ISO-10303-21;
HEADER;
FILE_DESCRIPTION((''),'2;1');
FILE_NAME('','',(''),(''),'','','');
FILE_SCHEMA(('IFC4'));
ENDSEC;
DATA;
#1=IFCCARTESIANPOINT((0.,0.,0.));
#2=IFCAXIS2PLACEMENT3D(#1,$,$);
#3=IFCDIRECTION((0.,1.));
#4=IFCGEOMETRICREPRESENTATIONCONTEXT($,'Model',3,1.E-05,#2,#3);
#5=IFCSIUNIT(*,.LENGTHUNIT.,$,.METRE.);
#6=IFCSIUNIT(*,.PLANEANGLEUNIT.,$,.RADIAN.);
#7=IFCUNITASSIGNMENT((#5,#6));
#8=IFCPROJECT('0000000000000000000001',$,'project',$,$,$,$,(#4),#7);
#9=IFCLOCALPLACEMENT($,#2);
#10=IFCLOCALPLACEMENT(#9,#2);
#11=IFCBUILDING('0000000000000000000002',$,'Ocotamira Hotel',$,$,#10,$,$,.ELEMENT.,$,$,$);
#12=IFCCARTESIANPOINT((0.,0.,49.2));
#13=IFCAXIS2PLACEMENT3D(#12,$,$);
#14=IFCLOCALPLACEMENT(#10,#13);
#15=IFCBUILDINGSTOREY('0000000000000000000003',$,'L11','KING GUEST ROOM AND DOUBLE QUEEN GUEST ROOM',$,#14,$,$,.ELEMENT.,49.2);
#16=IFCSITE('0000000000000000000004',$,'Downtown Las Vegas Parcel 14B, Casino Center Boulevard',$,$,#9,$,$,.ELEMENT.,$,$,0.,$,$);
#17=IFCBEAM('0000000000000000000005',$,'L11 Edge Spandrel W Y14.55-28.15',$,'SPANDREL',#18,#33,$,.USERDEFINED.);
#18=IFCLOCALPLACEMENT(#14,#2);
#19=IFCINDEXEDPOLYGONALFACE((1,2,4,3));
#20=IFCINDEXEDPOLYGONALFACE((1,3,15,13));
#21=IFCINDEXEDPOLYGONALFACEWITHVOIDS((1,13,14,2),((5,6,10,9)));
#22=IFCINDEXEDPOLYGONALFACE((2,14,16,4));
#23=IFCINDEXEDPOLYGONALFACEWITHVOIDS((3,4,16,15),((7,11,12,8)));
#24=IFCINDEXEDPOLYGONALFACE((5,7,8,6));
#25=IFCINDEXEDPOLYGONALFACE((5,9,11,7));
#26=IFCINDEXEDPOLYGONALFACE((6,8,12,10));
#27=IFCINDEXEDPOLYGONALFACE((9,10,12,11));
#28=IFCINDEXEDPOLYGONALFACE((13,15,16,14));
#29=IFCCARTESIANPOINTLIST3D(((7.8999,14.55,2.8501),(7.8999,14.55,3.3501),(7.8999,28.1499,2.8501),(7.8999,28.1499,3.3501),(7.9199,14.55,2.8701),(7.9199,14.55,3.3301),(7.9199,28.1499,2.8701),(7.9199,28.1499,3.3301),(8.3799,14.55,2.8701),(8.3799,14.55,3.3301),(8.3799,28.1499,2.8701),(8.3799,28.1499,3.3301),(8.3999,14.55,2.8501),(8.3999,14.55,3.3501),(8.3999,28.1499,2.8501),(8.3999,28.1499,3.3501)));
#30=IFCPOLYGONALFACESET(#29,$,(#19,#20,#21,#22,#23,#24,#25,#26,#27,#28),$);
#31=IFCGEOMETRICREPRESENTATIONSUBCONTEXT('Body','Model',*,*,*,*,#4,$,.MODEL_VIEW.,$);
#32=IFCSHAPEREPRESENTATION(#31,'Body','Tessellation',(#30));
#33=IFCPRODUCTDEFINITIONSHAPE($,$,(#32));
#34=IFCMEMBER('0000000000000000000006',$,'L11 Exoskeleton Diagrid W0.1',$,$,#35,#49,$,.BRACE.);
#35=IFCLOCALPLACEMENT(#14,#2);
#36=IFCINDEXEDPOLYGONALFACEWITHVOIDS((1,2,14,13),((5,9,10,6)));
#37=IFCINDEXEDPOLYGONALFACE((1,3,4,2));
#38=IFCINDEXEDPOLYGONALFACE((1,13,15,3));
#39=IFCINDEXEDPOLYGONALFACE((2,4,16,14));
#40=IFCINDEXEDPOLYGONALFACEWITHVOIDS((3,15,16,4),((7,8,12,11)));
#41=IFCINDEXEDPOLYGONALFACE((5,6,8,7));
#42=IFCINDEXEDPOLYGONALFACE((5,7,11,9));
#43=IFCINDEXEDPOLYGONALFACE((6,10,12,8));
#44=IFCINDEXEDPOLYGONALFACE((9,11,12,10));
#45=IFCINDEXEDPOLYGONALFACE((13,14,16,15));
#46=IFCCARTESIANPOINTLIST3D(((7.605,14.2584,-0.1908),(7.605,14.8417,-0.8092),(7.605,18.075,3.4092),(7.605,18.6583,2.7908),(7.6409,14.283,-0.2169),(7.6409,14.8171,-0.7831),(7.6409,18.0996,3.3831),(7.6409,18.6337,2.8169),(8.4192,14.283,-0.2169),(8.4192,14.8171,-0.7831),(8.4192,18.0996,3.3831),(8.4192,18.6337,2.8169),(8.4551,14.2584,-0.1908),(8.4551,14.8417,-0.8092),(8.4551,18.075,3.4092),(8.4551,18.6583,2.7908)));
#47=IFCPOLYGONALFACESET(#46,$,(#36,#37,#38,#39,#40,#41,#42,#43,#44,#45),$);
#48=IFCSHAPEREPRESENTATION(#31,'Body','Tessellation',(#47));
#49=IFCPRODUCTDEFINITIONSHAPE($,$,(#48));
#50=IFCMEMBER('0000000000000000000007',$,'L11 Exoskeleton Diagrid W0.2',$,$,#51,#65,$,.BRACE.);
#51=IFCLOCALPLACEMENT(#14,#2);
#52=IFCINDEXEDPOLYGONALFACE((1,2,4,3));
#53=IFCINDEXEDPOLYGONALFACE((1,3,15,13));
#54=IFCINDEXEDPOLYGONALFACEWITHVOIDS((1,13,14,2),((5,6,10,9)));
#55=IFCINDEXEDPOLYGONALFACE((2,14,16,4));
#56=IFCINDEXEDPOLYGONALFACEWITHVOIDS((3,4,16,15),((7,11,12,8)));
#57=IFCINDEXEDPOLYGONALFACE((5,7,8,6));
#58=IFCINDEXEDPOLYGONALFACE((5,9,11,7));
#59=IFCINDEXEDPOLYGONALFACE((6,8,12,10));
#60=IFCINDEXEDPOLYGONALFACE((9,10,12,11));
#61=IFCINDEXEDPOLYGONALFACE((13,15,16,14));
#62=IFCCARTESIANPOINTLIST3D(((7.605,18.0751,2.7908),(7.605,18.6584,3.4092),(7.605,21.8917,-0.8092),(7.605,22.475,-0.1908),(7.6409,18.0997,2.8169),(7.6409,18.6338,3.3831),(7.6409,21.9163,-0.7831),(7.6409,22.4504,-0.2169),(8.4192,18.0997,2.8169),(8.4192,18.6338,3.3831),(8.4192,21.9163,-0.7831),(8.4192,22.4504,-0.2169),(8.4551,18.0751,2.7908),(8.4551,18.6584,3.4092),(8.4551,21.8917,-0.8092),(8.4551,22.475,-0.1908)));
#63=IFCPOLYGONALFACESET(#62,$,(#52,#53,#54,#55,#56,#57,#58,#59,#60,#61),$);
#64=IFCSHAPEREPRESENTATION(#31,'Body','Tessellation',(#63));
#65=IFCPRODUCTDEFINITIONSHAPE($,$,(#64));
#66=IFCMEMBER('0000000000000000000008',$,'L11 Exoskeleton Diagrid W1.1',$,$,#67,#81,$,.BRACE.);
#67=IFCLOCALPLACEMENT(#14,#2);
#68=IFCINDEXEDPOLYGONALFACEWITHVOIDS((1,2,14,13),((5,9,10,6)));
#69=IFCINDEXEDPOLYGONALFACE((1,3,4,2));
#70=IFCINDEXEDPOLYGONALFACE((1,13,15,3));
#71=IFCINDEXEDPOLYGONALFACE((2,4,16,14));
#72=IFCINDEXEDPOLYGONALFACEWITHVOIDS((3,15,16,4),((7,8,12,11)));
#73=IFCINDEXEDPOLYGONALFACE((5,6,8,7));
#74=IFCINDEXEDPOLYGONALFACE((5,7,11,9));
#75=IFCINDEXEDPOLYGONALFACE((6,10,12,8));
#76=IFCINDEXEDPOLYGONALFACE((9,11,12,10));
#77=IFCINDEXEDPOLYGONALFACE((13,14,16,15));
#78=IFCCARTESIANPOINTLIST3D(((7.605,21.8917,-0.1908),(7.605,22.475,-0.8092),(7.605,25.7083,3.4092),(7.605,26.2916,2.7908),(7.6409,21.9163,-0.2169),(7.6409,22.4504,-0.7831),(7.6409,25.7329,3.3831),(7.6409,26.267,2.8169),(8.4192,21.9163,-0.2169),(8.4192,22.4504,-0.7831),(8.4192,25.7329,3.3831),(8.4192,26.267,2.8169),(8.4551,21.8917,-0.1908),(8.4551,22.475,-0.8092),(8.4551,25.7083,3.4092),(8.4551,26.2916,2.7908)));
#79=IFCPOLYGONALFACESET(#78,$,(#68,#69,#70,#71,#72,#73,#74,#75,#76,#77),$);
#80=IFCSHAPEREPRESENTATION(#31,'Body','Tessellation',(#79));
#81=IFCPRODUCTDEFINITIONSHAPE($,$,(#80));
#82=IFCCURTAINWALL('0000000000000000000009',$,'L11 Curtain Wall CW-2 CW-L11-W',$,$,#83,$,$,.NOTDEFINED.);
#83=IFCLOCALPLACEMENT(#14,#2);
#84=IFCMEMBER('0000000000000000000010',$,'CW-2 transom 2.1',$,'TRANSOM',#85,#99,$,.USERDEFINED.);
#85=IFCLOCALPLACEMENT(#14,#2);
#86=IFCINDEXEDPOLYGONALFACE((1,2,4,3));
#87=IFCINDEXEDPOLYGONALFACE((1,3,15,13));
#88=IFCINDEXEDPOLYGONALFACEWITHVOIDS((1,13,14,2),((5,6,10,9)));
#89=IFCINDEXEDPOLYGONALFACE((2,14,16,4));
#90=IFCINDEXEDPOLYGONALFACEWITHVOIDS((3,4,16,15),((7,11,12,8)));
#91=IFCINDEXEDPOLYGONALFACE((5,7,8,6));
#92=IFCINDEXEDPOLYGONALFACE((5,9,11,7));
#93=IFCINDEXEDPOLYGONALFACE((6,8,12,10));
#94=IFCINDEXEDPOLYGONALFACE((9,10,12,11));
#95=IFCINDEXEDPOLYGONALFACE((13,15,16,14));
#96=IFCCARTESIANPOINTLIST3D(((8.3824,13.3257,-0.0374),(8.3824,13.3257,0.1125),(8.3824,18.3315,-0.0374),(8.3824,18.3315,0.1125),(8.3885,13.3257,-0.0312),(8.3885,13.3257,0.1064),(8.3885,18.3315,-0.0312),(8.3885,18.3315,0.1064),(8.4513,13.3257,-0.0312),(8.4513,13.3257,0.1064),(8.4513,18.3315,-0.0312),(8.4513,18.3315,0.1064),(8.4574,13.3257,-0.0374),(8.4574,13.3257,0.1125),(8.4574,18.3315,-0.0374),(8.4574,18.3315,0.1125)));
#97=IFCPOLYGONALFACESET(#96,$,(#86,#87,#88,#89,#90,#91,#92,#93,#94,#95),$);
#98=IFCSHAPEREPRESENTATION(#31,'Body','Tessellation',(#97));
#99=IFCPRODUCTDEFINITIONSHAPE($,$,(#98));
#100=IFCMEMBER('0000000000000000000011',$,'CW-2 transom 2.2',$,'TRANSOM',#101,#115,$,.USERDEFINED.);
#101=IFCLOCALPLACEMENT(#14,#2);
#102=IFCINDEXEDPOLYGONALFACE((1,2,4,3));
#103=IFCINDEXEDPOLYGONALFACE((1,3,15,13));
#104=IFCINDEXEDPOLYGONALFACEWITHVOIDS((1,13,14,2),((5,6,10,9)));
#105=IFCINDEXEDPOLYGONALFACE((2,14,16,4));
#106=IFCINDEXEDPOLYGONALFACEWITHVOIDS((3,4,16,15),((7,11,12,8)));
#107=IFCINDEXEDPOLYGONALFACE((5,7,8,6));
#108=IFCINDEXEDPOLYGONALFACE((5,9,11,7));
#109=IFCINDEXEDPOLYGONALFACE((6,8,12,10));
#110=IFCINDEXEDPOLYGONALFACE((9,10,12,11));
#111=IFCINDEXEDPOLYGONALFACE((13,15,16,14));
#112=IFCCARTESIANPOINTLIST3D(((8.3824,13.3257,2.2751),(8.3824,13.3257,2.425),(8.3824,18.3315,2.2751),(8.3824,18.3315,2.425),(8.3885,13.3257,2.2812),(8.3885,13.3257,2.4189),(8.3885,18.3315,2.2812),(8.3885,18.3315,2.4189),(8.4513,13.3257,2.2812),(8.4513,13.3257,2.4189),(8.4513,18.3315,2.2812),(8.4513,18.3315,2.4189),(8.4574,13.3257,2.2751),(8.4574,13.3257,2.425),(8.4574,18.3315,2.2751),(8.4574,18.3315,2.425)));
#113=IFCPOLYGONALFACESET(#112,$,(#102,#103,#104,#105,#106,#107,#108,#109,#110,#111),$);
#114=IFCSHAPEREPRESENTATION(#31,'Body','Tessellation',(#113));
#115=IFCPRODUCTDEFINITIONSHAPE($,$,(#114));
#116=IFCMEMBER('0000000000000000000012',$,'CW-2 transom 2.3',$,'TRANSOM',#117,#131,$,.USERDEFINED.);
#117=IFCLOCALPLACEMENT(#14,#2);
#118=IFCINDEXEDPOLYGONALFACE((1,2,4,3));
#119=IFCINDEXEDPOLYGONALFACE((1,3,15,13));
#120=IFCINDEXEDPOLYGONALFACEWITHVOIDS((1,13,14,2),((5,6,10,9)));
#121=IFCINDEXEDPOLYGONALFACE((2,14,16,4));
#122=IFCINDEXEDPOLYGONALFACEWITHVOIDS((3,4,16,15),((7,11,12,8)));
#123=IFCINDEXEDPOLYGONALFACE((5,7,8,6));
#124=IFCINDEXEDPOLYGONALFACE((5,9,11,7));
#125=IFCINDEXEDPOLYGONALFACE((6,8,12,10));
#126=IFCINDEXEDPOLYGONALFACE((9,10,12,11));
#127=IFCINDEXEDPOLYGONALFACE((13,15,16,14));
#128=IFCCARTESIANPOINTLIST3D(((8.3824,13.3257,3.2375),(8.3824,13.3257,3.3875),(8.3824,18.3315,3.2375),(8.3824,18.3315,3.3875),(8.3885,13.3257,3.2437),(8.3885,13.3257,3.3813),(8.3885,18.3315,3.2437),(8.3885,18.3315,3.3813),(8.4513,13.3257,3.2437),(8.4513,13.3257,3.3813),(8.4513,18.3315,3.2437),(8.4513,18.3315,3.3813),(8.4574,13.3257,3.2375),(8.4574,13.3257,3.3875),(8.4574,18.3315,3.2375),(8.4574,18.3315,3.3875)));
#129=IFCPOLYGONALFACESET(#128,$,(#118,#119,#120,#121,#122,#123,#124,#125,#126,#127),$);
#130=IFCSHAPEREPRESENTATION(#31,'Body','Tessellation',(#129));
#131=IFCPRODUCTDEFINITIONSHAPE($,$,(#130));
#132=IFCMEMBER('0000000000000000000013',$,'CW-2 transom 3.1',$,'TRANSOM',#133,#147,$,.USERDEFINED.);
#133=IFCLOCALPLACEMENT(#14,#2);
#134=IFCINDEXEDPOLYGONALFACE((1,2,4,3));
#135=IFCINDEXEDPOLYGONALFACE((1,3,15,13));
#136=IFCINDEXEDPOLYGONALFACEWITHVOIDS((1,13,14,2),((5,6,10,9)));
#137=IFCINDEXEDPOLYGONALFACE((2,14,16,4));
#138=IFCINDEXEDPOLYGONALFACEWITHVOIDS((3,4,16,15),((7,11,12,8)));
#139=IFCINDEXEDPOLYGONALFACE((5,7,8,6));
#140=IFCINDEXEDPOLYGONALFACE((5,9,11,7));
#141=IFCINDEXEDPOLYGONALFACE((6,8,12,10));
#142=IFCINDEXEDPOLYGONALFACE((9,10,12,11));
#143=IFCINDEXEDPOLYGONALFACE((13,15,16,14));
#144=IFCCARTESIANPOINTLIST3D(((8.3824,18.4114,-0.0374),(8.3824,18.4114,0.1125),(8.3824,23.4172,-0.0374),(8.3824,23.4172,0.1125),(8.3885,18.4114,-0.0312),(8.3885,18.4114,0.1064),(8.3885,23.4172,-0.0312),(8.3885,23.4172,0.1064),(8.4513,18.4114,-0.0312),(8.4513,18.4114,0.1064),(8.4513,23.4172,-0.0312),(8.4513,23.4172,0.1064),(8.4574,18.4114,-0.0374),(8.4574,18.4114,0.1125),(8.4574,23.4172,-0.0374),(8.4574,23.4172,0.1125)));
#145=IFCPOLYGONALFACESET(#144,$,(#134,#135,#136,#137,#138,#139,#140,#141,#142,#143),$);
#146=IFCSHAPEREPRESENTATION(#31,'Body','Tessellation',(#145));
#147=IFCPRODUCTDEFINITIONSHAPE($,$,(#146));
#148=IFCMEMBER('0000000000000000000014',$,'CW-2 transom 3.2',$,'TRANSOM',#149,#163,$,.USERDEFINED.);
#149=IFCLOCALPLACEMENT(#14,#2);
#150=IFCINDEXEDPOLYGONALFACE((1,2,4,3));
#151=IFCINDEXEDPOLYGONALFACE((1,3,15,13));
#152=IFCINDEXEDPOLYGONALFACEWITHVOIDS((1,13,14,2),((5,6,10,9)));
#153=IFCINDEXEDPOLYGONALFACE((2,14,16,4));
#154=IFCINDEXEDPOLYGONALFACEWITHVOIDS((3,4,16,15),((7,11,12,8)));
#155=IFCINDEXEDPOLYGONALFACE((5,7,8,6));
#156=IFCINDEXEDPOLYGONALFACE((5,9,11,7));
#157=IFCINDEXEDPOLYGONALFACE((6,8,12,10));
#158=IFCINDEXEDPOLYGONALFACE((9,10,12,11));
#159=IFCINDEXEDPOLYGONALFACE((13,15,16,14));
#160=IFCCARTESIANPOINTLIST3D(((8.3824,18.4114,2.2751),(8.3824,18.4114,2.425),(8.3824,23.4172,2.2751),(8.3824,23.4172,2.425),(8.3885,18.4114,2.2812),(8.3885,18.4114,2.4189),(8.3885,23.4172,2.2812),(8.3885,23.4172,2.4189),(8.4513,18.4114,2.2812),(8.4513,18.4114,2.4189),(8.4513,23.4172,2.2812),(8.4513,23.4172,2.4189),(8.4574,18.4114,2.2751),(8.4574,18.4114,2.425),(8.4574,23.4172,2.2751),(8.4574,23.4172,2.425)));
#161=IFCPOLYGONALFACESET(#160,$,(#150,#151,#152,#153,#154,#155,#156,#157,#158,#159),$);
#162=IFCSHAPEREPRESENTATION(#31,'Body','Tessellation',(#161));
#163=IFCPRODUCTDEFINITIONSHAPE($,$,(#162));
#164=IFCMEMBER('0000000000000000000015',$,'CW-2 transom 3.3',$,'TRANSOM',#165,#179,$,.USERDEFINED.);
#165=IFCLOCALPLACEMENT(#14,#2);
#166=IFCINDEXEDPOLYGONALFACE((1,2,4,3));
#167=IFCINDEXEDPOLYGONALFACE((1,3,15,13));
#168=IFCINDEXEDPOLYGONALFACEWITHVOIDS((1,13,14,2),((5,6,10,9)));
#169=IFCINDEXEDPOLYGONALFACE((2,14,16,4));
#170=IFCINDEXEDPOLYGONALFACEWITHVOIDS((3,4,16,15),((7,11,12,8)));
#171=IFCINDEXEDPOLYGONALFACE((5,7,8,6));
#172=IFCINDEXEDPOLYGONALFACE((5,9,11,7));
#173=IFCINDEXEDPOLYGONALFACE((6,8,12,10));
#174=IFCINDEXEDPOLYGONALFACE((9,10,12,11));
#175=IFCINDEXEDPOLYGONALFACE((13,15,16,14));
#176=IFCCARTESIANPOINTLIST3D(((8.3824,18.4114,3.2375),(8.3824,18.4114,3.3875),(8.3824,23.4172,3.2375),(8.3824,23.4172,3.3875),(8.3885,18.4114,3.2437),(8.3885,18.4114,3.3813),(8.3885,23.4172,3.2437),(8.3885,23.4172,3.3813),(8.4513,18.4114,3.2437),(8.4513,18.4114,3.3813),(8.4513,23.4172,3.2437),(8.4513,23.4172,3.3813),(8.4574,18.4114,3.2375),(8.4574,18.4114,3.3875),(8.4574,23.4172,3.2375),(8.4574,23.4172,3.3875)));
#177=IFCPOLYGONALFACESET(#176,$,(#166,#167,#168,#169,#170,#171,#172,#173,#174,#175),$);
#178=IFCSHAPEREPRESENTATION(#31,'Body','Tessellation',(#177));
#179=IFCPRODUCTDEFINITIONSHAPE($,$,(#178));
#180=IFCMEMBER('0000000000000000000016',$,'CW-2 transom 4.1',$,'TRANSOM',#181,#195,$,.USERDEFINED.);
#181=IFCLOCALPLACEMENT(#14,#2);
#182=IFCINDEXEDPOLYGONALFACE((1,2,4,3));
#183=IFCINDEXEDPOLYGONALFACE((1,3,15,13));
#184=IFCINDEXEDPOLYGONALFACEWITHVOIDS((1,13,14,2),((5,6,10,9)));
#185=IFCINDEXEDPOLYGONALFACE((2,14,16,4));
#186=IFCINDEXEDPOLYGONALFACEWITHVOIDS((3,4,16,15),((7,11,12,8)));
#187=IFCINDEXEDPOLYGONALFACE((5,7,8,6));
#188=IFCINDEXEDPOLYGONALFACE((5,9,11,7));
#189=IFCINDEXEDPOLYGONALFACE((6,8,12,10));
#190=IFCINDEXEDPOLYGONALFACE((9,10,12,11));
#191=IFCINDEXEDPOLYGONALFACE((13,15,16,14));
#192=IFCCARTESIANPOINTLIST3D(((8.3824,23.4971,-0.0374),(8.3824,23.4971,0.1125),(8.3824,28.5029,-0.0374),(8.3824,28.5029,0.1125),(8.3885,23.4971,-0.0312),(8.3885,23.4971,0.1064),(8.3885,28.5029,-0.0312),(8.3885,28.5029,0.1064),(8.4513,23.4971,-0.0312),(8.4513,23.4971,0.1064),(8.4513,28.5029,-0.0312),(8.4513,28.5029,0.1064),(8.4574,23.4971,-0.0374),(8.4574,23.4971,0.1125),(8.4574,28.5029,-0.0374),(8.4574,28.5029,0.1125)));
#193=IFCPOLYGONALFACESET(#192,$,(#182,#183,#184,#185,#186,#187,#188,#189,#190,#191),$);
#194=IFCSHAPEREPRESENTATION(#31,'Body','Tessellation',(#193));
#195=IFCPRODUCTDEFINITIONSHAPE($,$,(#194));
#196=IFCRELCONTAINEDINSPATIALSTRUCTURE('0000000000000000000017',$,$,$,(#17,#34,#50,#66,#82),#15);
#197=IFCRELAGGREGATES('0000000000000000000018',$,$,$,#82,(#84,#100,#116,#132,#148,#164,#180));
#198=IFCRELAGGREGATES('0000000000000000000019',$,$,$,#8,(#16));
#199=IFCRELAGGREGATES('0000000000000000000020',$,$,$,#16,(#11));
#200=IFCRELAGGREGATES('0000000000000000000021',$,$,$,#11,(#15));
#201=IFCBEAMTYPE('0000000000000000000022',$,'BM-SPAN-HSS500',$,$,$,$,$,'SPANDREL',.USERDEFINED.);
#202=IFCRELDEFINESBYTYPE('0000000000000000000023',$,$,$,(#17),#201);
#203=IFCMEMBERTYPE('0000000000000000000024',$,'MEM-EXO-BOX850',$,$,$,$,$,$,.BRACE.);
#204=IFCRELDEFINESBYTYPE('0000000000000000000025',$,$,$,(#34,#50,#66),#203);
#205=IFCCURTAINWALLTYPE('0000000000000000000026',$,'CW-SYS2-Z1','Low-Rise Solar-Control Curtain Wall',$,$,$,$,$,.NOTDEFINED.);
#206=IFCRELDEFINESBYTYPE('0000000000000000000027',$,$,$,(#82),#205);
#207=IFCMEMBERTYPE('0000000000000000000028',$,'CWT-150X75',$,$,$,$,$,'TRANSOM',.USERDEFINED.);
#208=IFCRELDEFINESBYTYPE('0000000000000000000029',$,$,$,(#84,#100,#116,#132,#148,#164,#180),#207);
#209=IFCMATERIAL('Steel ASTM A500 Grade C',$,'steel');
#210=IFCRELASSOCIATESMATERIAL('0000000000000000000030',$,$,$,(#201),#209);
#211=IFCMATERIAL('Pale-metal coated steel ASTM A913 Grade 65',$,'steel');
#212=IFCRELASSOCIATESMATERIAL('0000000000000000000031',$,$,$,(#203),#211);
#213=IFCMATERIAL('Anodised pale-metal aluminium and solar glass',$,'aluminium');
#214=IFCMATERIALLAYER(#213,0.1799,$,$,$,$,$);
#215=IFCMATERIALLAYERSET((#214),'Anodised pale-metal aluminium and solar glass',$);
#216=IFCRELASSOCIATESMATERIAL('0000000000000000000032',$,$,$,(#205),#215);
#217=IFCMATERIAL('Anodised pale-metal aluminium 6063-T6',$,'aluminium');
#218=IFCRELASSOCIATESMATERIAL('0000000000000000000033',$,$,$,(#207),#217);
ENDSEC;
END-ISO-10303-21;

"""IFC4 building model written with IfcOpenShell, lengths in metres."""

from ifc_helpers import new_model, si_unit, direction, frame, origin, origin_2d, place, context, subcontext, project, spatial, hollow_rectangle, extrude, source, transform, mapped, material, layer, layer_set, material_profile, profile_set, type_object, element, aggregate, save


model = new_model("IFC4")

# Units and contexts
model_context = context("Model", 3, precision=1e-05, world=origin(), true_north=direction((0.0, 1.0)))
body_context = subcontext(model_context, "Body", "Model", "MODEL_VIEW")
ifc_project = project(units=[si_unit("LENGTHUNIT", "METRE"), si_unit("PLANEANGLEUNIT", "RADIAN")], contexts=[model_context])

# Site, building, storey
site_placement = place(None, origin())
site = spatial("IfcSite", under=ifc_project, at=site_placement, Name="Downtown Las Vegas Parcel 14B, Casino Center Boulevard", CompositionType="ELEMENT", RefElevation=0.0)
building_placement = place(site_placement, origin())
building = spatial("IfcBuilding", under=site, at=building_placement, Name="Ocotamira Hotel", CompositionType="ELEMENT")
storey_placement = place(building_placement, frame((0.0, 0.0, 49.2)))
storey = spatial("IfcBuildingStorey", under=building, at=storey_placement, Name="L11", Description="KING GUEST ROOM AND DOUBLE QUEEN GUEST ROOM", CompositionType="ELEMENT", Elevation=49.2)

# Beam
ifc_material_1 = material(Name="Steel ASTM A500 Grade C", Category="steel")
ifc_material_profile_1 = material_profile(ifc_material_1, hollow_rectangle(XDim=0.5, YDim=0.5, WallThickness=0.02, at=origin_2d()), Name="HSS500X500X20")
ifc_profile_set_1 = profile_set([ifc_material_profile_1], Name="Steel ASTM A500 Grade C")
beam_type_1 = type_object("IfcBeamType", Name="BM-SPAN-HSS500", ElementType="SPANDREL", PredefinedType="USERDEFINED", material=ifc_profile_set_1)
shared_shape_1 = source(origin(), body_context, "Body", "SweptSolid", [
    extrude(hollow_rectangle(XDim=0.5, YDim=0.5, WallThickness=0.02, at=origin_2d()), origin(), (0.0, 0.0, 1.0), 13.5999),
])
beam_1_placement = place(storey_placement, frame((8.1499, 14.55, 3.1001), z_axis=(0.0, 1.0, 0.0), x_axis=(-1.0, 0.0, 0.0)))
element("IfcBeam", 1, at=beam_1_placement, inside=storey, type_object=beam_type_1, Name="L11 Edge Spandrel W Y14.55-28.15", ObjectType="SPANDREL", PredefinedType="USERDEFINED", context=body_context, shape_type="MappedRepresentation", body=[
    mapped(shared_shape_1, transform((0.0, 0.0, 0.0), scale=1.0)),
])

# Members
ifc_material_2 = material(Name="Pale-metal coated steel ASTM A913 Grade 65", Category="steel")
ifc_material_profile_2 = material_profile(ifc_material_2, hollow_rectangle(XDim=0.8501, YDim=0.8501, WallThickness=0.0359, at=origin_2d()), Name="BOX850X850X36")
ifc_profile_set_2 = profile_set([ifc_material_profile_2], Name="Pale-metal coated steel ASTM A913 Grade 65")
member_type_1 = type_object("IfcMemberType", Name="MEM-EXO-BOX850", PredefinedType="BRACE", material=ifc_profile_set_2)
shared_shape_2 = source(origin(), body_context, "Body", "SweptSolid", [
    extrude(hollow_rectangle(XDim=0.8501, YDim=0.8501, WallThickness=0.0359, at=origin_2d()), origin(), (0.0, 0.0, 1.0), 5.2466),
])
for number, where, z_axis, x_axis, name in (
    (2, (8.03, 14.55, -0.5), (0.0, 0.727443, 0.686168), (-1.0, 0.0, 0.0), "L11 Exoskeleton Diagrid W0.1"),
    (3, (8.03, 22.1833, -0.5), (0.0, -0.727443, 0.686168), (1.0, 0.0, 0.0), "L11 Exoskeleton Diagrid W0.2"),
    (4, (8.03, 22.1833, -0.5), (0.0, 0.727443, 0.686168), (-1.0, 0.0, 0.0), "L11 Exoskeleton Diagrid W1.1"),
):
    element("IfcMember", number, at=place(storey_placement, frame(where, z_axis=z_axis, x_axis=x_axis)), inside=storey, type_object=member_type_1, Name=name, PredefinedType="BRACE", context=body_context, shape_type="MappedRepresentation", body=[
        mapped(shared_shape_2, transform((0.0, 0.0, 0.0), scale=1.0)),
    ])

# Curtain wall, members
ifc_material_3 = material(Name="Anodised pale-metal aluminium and solar glass", Category="aluminium")
ifc_layer_1 = layer(ifc_material_3, 0.1799)
ifc_layer_set_1 = layer_set([ifc_layer_1], Name="Anodised pale-metal aluminium and solar glass")
curtain_wall_type = type_object("IfcCurtainWallType", Name="CW-SYS2-Z1", Description="Low-Rise Solar-Control Curtain Wall", PredefinedType="NOTDEFINED", material=ifc_layer_set_1)
curtain_wall_placement = place(storey_placement, origin())
curtain_wall = element("IfcCurtainWall", 5, at=curtain_wall_placement, inside=storey, type_object=curtain_wall_type, Name="L11 Curtain Wall CW-2 CW-L11-W", PredefinedType="NOTDEFINED")
ifc_material_4 = material(Name="Anodised pale-metal aluminium 6063-T6", Category="aluminium")
ifc_material_profile_3 = material_profile(ifc_material_4, hollow_rectangle(XDim=0.075, YDim=0.1499, WallThickness=0.0061, at=origin_2d()), Name="HSS150X75X6")
ifc_profile_set_3 = profile_set([ifc_material_profile_3], Name="Anodised pale-metal aluminium 6063-T6")
member_type_2 = type_object("IfcMemberType", Name="CWT-150X75", ElementType="TRANSOM", PredefinedType="USERDEFINED", material=ifc_profile_set_3)
shared_shape_3 = source(origin(), body_context, "Body", "SweptSolid", [
    extrude(hollow_rectangle(XDim=0.075, YDim=0.1499, WallThickness=0.0061, at=origin_2d()), origin(), (0.0, 0.0, 1.0), 5.0059),
])
member_1_placement = place(storey_placement, frame((8.4199, 13.3257, 0.0376), z_axis=(0.0, 1.0, 0.0), x_axis=(-1.0, 0.0, 0.0)))
member_1 = element("IfcMember", 6, at=member_1_placement, type_object=member_type_2, Name="CW-2 transom 2.1", ObjectType="TRANSOM", PredefinedType="USERDEFINED", context=body_context, shape_type="MappedRepresentation", body=[
    mapped(shared_shape_3, transform((0.0, 0.0, 0.0), scale=1.0)),
])
member_2_placement = place(storey_placement, frame((8.4199, 13.3257, 2.3501), z_axis=(0.0, 1.0, 0.0), x_axis=(-1.0, 0.0, 0.0)))
member_2 = element("IfcMember", 7, at=member_2_placement, type_object=member_type_2, Name="CW-2 transom 2.2", ObjectType="TRANSOM", PredefinedType="USERDEFINED", context=body_context, shape_type="MappedRepresentation", body=[
    mapped(shared_shape_3, transform((0.0, 0.0, 0.0), scale=1.0)),
])
member_3_placement = place(storey_placement, frame((8.4199, 13.3257, 3.3125), z_axis=(0.0, 1.0, 0.0), x_axis=(-1.0, 0.0, 0.0)))
member_3 = element("IfcMember", 8, at=member_3_placement, type_object=member_type_2, Name="CW-2 transom 2.3", ObjectType="TRANSOM", PredefinedType="USERDEFINED", context=body_context, shape_type="MappedRepresentation", body=[
    mapped(shared_shape_3, transform((0.0, 0.0, 0.0), scale=1.0)),
])
member_4_placement = place(storey_placement, frame((8.4199, 18.4114, 0.0376), z_axis=(0.0, 1.0, 0.0), x_axis=(-1.0, 0.0, 0.0)))
member_4 = element("IfcMember", 9, at=member_4_placement, type_object=member_type_2, Name="CW-2 transom 3.1", ObjectType="TRANSOM", PredefinedType="USERDEFINED", context=body_context, shape_type="MappedRepresentation", body=[
    mapped(shared_shape_3, transform((0.0, 0.0, 0.0), scale=1.0)),
])
member_5_placement = place(storey_placement, frame((8.4199, 18.4114, 2.3501), z_axis=(0.0, 1.0, 0.0), x_axis=(-1.0, 0.0, 0.0)))
member_5 = element("IfcMember", 10, at=member_5_placement, type_object=member_type_2, Name="CW-2 transom 3.2", ObjectType="TRANSOM", PredefinedType="USERDEFINED", context=body_context, shape_type="MappedRepresentation", body=[
    mapped(shared_shape_3, transform((0.0, 0.0, 0.0), scale=1.0)),
])
member_6_placement = place(storey_placement, frame((8.4199, 18.4114, 3.3125), z_axis=(0.0, 1.0, 0.0), x_axis=(-1.0, 0.0, 0.0)))
member_6 = element("IfcMember", 11, at=member_6_placement, type_object=member_type_2, Name="CW-2 transom 3.3", ObjectType="TRANSOM", PredefinedType="USERDEFINED", context=body_context, shape_type="MappedRepresentation", body=[
    mapped(shared_shape_3, transform((0.0, 0.0, 0.0), scale=1.0)),
])
member_7_placement = place(storey_placement, frame((8.4199, 23.4971, 0.0376), z_axis=(0.0, 1.0, 0.0), x_axis=(-1.0, 0.0, 0.0)))
member_7 = element("IfcMember", 12, at=member_7_placement, type_object=member_type_2, Name="CW-2 transom 4.1", ObjectType="TRANSOM", PredefinedType="USERDEFINED", context=body_context, shape_type="MappedRepresentation", body=[
    mapped(shared_shape_3, transform((0.0, 0.0, 0.0), scale=1.0)),
])

aggregate(curtain_wall, [member_1, member_2, member_3, member_4, member_5, member_6, member_7])

save(model, "model.ifc")
